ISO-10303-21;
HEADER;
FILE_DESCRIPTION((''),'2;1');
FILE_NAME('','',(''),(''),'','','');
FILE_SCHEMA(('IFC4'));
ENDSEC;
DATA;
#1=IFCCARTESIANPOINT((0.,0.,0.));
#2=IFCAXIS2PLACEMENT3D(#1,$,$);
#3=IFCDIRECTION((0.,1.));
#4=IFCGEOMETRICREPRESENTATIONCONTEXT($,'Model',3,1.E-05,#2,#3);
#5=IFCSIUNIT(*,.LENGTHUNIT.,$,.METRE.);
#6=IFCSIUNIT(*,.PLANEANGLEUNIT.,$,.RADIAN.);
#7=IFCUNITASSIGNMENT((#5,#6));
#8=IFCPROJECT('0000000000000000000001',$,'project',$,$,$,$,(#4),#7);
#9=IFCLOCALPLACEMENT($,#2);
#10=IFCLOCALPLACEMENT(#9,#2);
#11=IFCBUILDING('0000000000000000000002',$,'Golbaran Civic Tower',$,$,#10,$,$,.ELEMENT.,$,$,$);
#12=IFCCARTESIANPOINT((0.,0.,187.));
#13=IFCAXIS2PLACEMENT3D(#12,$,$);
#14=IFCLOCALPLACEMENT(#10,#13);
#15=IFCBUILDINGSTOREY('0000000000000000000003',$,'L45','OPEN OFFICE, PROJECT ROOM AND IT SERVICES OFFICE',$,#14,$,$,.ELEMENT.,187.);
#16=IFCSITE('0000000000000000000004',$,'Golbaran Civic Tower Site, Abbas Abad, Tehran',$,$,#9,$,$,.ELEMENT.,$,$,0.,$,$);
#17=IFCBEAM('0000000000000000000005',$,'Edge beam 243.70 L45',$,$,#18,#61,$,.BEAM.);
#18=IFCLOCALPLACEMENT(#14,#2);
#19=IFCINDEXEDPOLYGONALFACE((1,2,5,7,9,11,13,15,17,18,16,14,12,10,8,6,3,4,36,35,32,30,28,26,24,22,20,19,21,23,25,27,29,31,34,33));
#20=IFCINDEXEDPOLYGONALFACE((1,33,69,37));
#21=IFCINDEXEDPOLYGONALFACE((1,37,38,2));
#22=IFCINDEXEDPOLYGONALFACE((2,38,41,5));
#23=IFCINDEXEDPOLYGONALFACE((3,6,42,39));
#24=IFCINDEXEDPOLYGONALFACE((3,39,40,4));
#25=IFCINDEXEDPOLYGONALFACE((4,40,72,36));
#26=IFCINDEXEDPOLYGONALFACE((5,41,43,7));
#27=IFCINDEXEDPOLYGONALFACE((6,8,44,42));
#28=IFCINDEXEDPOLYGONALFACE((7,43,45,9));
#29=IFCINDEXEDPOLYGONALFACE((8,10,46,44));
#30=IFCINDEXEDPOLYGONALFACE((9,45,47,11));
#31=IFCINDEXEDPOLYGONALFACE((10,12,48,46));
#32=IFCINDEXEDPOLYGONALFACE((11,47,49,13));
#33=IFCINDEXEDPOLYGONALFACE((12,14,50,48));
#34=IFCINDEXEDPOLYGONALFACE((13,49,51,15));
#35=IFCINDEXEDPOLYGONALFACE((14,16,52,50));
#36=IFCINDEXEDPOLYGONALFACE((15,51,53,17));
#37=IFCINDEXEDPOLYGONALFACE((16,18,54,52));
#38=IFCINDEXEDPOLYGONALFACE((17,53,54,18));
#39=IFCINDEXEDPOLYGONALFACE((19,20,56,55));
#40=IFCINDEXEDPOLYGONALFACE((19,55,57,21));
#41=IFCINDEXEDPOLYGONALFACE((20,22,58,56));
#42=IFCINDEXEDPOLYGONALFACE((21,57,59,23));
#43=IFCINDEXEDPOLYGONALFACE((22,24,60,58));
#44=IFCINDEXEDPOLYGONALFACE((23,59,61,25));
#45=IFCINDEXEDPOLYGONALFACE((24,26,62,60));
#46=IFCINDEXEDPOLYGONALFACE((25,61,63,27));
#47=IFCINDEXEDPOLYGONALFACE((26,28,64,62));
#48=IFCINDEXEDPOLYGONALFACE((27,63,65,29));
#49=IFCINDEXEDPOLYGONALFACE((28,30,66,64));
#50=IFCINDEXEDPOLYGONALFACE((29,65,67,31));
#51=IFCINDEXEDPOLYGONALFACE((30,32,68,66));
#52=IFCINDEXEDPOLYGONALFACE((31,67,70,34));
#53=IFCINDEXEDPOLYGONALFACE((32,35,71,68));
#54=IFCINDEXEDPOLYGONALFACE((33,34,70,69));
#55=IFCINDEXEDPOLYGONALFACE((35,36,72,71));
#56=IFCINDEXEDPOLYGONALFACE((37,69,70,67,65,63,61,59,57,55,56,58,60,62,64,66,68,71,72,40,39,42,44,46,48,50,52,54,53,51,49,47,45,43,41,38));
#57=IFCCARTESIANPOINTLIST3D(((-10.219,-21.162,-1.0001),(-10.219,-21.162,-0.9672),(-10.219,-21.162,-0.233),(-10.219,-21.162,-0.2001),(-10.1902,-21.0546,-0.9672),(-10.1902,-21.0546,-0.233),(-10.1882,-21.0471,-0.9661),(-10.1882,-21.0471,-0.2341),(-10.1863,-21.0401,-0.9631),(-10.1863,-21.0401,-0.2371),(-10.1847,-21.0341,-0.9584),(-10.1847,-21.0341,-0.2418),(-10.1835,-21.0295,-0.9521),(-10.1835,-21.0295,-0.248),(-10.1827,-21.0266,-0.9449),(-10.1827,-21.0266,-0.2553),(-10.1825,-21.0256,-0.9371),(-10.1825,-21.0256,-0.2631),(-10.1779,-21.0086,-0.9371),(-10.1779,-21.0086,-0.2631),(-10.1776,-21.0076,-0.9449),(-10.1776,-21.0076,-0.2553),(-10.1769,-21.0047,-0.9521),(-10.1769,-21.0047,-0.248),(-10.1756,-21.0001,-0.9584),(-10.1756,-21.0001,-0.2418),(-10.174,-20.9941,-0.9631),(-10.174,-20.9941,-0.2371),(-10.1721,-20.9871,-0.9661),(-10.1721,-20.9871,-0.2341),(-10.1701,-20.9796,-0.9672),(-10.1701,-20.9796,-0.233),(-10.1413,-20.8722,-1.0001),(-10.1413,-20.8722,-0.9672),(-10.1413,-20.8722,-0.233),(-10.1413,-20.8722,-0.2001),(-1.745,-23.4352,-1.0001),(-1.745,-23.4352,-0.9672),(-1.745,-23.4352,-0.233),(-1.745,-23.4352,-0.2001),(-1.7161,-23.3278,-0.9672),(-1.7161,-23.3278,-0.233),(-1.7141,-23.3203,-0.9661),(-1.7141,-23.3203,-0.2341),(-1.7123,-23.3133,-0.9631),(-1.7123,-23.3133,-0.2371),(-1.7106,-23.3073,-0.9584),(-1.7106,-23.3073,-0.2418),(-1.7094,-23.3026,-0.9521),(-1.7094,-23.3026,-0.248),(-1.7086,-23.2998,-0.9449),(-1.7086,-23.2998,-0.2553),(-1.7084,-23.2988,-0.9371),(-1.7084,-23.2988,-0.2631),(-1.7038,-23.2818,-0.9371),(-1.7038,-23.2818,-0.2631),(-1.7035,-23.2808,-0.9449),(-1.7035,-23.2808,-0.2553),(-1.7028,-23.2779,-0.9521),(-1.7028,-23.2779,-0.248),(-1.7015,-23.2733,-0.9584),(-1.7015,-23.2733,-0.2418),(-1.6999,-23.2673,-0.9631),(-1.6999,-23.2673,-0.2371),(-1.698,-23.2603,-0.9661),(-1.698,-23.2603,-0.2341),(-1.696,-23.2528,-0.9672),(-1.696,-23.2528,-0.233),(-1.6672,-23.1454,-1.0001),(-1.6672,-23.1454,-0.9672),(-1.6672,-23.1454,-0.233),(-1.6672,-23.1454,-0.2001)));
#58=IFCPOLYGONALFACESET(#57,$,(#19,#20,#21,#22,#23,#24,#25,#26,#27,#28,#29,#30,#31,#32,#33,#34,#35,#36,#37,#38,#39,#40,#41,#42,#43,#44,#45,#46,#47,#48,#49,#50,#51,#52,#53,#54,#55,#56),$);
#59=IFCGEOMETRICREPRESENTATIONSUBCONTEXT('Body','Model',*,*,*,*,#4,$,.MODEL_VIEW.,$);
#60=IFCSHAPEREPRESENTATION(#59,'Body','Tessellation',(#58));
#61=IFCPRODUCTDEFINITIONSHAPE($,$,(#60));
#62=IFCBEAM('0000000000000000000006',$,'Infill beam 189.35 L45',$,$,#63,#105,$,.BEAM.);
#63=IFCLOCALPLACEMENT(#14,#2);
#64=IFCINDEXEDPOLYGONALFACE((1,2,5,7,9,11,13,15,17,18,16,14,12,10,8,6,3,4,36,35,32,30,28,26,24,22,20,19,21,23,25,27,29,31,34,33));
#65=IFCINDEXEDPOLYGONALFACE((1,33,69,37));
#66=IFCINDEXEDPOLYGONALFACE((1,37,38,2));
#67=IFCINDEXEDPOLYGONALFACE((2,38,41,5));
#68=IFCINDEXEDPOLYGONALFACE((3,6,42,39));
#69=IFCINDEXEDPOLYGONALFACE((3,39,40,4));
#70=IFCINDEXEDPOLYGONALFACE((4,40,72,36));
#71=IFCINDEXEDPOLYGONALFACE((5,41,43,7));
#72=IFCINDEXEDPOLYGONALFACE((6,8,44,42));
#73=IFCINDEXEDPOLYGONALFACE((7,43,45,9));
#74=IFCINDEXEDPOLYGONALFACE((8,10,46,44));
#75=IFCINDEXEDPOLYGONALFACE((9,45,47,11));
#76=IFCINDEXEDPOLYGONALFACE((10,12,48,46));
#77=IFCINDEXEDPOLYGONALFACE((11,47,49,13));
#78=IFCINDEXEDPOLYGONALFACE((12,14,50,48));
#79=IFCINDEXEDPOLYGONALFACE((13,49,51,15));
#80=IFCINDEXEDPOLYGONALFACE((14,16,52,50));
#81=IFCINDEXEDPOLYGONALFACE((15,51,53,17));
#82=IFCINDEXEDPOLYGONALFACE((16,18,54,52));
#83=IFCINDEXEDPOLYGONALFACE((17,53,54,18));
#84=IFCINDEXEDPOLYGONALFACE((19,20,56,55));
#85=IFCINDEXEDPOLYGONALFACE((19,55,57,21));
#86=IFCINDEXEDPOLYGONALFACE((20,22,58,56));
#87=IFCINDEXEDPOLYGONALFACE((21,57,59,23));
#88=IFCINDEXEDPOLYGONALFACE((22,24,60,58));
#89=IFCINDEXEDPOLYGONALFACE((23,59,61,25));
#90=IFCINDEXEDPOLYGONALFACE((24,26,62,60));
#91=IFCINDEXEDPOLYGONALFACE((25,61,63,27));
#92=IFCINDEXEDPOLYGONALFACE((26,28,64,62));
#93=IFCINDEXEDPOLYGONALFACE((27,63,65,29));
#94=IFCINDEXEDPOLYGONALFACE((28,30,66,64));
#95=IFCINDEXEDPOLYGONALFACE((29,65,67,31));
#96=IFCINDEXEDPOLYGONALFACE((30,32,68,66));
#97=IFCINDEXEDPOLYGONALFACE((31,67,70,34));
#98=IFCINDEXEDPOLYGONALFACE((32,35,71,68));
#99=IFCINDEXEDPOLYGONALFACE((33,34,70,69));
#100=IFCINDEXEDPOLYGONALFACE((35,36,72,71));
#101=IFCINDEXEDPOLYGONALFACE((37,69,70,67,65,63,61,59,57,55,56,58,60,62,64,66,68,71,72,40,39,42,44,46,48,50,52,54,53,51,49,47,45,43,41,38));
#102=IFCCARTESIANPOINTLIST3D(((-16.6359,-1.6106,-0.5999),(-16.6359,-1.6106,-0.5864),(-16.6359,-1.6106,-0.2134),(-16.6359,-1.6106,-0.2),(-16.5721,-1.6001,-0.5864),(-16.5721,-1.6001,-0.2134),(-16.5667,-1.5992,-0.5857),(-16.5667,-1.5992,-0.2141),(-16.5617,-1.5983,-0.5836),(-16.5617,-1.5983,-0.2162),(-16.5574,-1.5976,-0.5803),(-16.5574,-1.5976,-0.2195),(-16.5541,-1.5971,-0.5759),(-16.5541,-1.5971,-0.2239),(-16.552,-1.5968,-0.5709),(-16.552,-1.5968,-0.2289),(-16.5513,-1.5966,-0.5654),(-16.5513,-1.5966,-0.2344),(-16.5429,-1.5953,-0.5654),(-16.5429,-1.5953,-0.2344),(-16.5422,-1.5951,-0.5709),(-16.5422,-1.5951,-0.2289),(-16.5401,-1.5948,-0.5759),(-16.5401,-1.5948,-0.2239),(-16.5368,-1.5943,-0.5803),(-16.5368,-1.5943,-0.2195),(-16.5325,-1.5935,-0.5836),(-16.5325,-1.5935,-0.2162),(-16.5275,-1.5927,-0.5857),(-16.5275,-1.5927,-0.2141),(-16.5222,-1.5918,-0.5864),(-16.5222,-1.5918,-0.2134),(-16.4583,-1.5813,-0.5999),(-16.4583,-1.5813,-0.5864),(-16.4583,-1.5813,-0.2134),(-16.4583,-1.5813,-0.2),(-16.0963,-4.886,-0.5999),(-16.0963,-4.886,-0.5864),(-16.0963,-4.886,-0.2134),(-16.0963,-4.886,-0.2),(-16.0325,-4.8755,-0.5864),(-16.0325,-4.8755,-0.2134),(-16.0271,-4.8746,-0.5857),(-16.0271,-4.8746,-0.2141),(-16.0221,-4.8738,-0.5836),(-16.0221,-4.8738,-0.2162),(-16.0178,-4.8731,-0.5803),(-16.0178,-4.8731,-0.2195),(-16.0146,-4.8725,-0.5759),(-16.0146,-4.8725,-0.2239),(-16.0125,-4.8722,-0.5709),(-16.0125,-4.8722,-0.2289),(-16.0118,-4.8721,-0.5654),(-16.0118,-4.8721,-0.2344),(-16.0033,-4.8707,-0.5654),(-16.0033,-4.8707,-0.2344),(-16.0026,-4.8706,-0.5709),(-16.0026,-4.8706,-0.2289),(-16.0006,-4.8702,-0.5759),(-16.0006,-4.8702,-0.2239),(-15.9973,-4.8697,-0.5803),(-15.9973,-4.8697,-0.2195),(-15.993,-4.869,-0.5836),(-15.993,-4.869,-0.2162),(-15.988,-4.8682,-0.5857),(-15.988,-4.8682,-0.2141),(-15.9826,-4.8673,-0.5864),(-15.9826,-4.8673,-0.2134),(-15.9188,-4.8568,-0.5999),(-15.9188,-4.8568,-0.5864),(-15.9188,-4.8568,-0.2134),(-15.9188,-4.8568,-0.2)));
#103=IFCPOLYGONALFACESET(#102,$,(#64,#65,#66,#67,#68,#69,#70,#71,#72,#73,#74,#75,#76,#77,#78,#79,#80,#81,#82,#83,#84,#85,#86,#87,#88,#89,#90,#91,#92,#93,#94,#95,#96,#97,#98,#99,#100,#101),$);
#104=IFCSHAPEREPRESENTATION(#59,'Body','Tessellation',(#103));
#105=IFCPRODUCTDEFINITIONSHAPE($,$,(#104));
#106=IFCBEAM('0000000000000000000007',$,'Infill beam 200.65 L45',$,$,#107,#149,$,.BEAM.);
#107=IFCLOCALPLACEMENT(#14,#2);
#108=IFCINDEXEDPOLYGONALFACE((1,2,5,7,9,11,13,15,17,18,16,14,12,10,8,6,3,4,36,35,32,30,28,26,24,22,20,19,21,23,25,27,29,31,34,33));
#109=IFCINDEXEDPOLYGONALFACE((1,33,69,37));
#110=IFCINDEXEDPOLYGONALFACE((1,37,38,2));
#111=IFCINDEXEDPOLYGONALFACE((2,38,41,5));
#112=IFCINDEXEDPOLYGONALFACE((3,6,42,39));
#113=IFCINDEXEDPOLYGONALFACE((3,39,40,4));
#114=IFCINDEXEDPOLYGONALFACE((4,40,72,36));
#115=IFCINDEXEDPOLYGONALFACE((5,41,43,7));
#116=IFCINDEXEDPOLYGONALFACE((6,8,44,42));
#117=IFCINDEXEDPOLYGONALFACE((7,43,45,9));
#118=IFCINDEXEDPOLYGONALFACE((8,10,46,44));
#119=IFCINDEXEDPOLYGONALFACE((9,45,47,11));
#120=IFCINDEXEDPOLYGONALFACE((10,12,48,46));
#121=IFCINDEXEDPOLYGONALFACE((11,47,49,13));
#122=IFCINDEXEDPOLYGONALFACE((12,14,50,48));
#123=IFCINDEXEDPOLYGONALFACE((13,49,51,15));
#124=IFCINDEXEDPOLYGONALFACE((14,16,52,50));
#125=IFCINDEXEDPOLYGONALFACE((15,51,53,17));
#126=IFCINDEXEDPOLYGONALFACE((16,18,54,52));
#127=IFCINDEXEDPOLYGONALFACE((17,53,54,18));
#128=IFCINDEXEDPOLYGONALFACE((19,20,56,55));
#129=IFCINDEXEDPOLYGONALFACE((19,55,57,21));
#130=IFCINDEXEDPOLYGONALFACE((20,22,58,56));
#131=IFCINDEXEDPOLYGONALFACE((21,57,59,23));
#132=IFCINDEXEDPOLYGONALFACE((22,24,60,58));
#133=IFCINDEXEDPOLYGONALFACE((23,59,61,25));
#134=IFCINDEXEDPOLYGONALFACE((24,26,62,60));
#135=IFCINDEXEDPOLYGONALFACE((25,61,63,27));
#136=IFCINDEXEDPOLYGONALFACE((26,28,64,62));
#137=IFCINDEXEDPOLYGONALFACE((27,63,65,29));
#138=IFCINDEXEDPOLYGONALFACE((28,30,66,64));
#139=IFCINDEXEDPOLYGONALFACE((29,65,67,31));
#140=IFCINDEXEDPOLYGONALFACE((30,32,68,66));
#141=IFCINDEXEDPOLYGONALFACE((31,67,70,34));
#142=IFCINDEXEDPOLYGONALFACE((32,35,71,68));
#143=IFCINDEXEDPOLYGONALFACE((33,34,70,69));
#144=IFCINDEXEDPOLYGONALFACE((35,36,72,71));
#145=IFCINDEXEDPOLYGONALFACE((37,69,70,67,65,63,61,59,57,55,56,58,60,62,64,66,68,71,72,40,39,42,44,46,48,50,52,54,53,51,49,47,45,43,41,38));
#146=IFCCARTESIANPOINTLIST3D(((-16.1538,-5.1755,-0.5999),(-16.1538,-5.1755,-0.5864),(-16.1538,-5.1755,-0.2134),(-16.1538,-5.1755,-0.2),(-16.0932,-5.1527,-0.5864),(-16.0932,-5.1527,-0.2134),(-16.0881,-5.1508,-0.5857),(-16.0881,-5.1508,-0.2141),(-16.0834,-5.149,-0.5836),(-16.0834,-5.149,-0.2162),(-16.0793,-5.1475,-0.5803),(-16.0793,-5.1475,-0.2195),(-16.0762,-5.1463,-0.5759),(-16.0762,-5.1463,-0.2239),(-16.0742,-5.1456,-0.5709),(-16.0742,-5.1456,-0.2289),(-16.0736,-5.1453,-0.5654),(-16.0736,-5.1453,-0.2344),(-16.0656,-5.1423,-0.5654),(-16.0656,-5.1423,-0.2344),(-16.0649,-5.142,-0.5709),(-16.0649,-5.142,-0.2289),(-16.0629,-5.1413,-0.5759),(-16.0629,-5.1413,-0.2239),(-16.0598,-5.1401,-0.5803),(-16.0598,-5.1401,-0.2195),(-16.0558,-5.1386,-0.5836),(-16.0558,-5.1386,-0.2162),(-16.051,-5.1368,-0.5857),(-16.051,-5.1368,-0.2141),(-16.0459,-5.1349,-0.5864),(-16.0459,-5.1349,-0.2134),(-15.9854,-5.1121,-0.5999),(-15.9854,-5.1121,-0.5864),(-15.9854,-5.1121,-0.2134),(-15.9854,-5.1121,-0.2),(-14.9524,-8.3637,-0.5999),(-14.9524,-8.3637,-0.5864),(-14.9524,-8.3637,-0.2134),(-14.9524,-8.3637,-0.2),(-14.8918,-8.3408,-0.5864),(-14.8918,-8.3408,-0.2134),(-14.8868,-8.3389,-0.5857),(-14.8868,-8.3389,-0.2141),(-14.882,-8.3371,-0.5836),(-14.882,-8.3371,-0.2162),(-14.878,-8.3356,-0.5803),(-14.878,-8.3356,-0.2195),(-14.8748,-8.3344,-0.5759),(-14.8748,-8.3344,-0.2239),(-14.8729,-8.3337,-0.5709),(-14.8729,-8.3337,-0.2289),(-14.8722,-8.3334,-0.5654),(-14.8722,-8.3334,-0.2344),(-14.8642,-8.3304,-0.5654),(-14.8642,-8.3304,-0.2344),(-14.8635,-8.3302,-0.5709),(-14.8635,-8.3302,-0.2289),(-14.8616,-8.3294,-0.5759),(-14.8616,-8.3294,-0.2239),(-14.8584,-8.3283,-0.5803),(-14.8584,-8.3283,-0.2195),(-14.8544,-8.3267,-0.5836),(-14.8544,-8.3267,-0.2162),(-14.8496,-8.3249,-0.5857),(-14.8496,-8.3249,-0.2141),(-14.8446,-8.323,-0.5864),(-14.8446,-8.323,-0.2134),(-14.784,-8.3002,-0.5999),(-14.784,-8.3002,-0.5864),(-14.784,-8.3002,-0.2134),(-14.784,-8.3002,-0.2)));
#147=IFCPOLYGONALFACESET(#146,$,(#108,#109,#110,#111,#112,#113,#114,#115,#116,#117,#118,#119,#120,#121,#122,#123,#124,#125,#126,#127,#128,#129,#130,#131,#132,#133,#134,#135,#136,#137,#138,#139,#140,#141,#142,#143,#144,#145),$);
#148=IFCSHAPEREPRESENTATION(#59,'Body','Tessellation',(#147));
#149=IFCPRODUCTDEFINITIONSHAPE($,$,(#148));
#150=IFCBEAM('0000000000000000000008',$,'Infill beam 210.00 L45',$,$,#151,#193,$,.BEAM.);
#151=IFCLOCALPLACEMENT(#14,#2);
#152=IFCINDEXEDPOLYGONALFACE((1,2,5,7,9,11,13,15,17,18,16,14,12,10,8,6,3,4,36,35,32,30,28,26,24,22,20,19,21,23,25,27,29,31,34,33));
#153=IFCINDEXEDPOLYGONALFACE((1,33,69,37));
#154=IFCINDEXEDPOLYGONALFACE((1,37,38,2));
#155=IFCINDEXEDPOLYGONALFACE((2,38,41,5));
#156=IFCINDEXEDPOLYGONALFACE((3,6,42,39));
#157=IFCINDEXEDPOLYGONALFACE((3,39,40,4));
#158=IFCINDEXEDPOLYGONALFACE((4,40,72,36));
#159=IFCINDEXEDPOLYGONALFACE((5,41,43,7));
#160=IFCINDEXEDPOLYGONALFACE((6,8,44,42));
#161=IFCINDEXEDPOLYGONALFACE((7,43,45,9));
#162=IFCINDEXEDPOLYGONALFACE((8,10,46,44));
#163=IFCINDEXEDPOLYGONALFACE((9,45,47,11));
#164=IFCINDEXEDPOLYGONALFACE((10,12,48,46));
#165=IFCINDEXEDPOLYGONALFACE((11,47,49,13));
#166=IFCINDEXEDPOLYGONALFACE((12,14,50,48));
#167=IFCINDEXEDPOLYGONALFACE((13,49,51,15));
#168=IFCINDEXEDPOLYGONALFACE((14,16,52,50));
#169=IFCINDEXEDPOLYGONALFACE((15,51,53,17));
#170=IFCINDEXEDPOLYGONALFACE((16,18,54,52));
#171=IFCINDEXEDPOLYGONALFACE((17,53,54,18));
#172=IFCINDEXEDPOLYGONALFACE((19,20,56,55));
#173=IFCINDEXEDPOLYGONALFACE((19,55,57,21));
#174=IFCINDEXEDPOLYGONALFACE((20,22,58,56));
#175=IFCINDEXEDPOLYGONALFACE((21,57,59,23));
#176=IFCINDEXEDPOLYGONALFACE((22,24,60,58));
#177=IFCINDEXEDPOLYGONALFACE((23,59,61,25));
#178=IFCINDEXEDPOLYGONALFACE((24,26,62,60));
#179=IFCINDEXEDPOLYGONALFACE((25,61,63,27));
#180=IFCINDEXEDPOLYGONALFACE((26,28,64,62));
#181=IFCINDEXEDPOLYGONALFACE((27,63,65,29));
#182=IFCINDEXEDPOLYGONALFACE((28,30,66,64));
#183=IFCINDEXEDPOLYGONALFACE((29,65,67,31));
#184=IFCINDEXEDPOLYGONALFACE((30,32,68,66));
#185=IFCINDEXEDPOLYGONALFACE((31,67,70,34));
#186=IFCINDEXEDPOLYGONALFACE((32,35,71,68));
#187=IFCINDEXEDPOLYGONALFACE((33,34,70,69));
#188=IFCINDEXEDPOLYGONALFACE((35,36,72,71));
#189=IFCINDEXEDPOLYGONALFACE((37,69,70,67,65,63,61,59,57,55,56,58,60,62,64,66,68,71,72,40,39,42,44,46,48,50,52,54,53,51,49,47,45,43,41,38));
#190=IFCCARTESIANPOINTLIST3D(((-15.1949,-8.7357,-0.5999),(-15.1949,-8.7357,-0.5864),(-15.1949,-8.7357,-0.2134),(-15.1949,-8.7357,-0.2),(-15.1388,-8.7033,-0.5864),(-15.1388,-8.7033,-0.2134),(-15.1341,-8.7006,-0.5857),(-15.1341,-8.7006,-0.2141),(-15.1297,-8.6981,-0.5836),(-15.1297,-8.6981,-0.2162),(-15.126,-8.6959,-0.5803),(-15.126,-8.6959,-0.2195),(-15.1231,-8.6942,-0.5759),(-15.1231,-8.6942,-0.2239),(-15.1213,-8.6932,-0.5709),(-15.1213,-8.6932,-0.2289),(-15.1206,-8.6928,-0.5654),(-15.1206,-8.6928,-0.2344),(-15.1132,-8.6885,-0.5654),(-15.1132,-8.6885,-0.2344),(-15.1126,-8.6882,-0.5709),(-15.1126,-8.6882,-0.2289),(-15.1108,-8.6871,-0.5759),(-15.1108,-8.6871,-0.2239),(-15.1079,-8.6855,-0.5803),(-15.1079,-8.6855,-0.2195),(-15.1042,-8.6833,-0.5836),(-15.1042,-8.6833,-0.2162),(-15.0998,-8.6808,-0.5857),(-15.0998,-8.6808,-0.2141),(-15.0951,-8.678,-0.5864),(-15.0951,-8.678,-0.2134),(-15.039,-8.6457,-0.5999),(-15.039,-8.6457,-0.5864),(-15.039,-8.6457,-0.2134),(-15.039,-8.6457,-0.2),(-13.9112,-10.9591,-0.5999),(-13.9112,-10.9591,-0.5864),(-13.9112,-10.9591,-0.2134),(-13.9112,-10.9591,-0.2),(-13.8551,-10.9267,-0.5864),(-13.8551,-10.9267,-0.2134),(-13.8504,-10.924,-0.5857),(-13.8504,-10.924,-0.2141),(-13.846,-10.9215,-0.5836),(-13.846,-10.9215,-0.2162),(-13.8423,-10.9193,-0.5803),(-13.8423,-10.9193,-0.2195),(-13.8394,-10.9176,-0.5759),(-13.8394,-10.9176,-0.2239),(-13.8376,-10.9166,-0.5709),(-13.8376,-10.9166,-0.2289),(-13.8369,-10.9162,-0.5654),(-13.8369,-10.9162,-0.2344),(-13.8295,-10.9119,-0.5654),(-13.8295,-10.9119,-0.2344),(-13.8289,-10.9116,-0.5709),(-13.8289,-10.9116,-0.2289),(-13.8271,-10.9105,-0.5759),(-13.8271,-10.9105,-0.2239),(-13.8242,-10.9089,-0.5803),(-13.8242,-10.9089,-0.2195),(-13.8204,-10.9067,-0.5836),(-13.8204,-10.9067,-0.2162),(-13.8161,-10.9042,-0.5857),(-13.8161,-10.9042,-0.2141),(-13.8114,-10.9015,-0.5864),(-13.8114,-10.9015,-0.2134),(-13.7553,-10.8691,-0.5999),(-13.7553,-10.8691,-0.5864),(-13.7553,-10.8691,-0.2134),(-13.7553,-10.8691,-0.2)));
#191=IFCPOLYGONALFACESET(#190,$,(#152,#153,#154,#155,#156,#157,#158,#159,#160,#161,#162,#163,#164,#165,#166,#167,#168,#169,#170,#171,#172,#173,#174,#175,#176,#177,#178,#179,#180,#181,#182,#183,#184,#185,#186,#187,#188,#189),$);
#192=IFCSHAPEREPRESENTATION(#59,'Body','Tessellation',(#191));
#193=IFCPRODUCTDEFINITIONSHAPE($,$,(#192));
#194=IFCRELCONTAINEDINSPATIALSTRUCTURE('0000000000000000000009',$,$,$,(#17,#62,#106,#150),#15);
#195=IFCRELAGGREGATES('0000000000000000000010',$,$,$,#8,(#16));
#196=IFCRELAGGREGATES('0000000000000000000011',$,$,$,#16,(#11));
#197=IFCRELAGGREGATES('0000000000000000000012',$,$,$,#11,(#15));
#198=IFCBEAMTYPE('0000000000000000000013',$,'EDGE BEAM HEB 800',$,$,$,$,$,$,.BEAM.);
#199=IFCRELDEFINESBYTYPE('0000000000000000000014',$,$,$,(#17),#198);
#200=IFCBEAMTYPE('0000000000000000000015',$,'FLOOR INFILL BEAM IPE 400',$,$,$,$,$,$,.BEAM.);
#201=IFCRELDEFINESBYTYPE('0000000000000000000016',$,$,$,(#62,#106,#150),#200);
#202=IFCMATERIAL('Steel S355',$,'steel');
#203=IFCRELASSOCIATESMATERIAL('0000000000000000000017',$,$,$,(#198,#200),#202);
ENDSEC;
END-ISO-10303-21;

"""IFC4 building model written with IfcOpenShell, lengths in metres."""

from ifc_helpers import new_model, si_unit, direction, frame, origin, origin_2d, place, context, subcontext, project, spatial, i_section, extrude, material, material_profile, profile_set, type_object, element, save


model = new_model("IFC4")

# Units and contexts
model_context = context("Model", 3, precision=1e-05, world=origin(), true_north=direction((0.0, 1.0)))
body_context = subcontext(model_context, "Body", "Model", "MODEL_VIEW")
ifc_project = project(units=[si_unit("LENGTHUNIT", "METRE"), si_unit("PLANEANGLEUNIT", "RADIAN")], contexts=[model_context])

# Site, building, storey
site_placement = place(None, origin())
site = spatial("IfcSite", under=ifc_project, at=site_placement, Name="Golbaran Civic Tower Site, Abbas Abad, Tehran", CompositionType="ELEMENT", RefElevation=0.0)
building_placement = place(site_placement, origin())
building = spatial("IfcBuilding", under=site, at=building_placement, Name="Golbaran Civic Tower", CompositionType="ELEMENT")
storey_placement = place(building_placement, frame((0.0, 0.0, 187.0)))
storey = spatial("IfcBuildingStorey", under=building, at=storey_placement, Name="L45", Description="OPEN OFFICE, PROJECT ROOM AND IT SERVICES OFFICE", CompositionType="ELEMENT", Elevation=187.0)

# Beams
ifc_material_1 = material(Name="Steel S355", Category="steel")
ifc_material_profile_1 = material_profile(ifc_material_1, i_section(OverallWidth=0.3, OverallDepth=0.8, WebThickness=0.0176, FlangeThickness=0.033, FilletRadius=0.03, at=origin_2d()), Name="HEB 800")
ifc_profile_set_1 = profile_set([ifc_material_profile_1], Name="Steel S355")
beam_type_1 = type_object("IfcBeamType", Name="EDGE BEAM HEB 800", PredefinedType="BEAM", material=ifc_profile_set_1)
beam_1_placement = place(storey_placement, frame((-10.1802, -21.0171, -0.6001), z_axis=(0.965853, -0.259091, 0.0), x_axis=(0.259091, 0.965853, 0.0)))
element("IfcBeam", 1, at=beam_1_placement, inside=storey, type_object=beam_type_1, Name="Edge beam 243.70 L45", PredefinedType="BEAM", context=body_context, shape_type="SweptSolid", body=[
    extrude(i_section(OverallWidth=0.3, OverallDepth=0.8, WebThickness=0.0176, FlangeThickness=0.033, FilletRadius=0.03, at=origin_2d()), origin(), (0.0, 0.0, 1.0), 8.7737),
])
ifc_material_profile_2 = material_profile(ifc_material_1, i_section(OverallWidth=0.1799, OverallDepth=0.3999, WebThickness=0.0085, FlangeThickness=0.0134, FilletRadius=0.021, at=origin_2d()), Name="IPE 400")
ifc_profile_set_2 = profile_set([ifc_material_profile_2], Name="Steel S355")
beam_type_2 = type_object("IfcBeamType", Name="FLOOR INFILL BEAM IPE 400", PredefinedType="BEAM", material=ifc_profile_set_2)
beam_2_placement = place(storey_placement, frame((-16.5471, -1.5959, -0.3999), z_axis=(0.162538, -0.986702, 0.0), x_axis=(0.986702, 0.162538, 0.0)))
element("IfcBeam", 2, at=beam_2_placement, inside=storey, type_object=beam_type_2, Name="Infill beam 189.35 L45", PredefinedType="BEAM", context=body_context, shape_type="SweptSolid", body=[
    extrude(i_section(OverallWidth=0.1799, OverallDepth=0.3999, WebThickness=0.0085, FlangeThickness=0.0134, FilletRadius=0.021, at=origin_2d()), origin(), (0.0, 0.0, 1.0), 3.3196),
])
beam_3_placement = place(storey_placement, frame((-16.0696, -5.1438, -0.3999), z_axis=(0.352623, -0.935766, 0.0), x_axis=(0.935766, 0.352623, 0.0)))
element("IfcBeam", 3, at=beam_3_placement, inside=storey, type_object=beam_type_2, Name="Infill beam 200.65 L45", PredefinedType="BEAM", context=body_context, shape_type="SweptSolid", body=[
    extrude(i_section(OverallWidth=0.1799, OverallDepth=0.3999, WebThickness=0.0085, FlangeThickness=0.0134, FilletRadius=0.021, at=origin_2d()), origin(), (0.0, 0.0, 1.0), 3.407),
])
beam_4_placement = place(storey_placement, frame((-15.1169, -8.6907, -0.3999), z_axis=(0.500005, -0.866022, 0.0), x_axis=(0.866022, 0.500005, 0.0)))
element("IfcBeam", 4, at=beam_4_placement, inside=storey, type_object=beam_type_2, Name="Infill beam 210.00 L45", PredefinedType="BEAM", context=body_context, shape_type="SweptSolid", body=[
    extrude(i_section(OverallWidth=0.1799, OverallDepth=0.3999, WebThickness=0.0085, FlangeThickness=0.0134, FilletRadius=0.021, at=origin_2d()), origin(), (0.0, 0.0, 1.0), 2.5674),
])

save(model, "model.ifc")
